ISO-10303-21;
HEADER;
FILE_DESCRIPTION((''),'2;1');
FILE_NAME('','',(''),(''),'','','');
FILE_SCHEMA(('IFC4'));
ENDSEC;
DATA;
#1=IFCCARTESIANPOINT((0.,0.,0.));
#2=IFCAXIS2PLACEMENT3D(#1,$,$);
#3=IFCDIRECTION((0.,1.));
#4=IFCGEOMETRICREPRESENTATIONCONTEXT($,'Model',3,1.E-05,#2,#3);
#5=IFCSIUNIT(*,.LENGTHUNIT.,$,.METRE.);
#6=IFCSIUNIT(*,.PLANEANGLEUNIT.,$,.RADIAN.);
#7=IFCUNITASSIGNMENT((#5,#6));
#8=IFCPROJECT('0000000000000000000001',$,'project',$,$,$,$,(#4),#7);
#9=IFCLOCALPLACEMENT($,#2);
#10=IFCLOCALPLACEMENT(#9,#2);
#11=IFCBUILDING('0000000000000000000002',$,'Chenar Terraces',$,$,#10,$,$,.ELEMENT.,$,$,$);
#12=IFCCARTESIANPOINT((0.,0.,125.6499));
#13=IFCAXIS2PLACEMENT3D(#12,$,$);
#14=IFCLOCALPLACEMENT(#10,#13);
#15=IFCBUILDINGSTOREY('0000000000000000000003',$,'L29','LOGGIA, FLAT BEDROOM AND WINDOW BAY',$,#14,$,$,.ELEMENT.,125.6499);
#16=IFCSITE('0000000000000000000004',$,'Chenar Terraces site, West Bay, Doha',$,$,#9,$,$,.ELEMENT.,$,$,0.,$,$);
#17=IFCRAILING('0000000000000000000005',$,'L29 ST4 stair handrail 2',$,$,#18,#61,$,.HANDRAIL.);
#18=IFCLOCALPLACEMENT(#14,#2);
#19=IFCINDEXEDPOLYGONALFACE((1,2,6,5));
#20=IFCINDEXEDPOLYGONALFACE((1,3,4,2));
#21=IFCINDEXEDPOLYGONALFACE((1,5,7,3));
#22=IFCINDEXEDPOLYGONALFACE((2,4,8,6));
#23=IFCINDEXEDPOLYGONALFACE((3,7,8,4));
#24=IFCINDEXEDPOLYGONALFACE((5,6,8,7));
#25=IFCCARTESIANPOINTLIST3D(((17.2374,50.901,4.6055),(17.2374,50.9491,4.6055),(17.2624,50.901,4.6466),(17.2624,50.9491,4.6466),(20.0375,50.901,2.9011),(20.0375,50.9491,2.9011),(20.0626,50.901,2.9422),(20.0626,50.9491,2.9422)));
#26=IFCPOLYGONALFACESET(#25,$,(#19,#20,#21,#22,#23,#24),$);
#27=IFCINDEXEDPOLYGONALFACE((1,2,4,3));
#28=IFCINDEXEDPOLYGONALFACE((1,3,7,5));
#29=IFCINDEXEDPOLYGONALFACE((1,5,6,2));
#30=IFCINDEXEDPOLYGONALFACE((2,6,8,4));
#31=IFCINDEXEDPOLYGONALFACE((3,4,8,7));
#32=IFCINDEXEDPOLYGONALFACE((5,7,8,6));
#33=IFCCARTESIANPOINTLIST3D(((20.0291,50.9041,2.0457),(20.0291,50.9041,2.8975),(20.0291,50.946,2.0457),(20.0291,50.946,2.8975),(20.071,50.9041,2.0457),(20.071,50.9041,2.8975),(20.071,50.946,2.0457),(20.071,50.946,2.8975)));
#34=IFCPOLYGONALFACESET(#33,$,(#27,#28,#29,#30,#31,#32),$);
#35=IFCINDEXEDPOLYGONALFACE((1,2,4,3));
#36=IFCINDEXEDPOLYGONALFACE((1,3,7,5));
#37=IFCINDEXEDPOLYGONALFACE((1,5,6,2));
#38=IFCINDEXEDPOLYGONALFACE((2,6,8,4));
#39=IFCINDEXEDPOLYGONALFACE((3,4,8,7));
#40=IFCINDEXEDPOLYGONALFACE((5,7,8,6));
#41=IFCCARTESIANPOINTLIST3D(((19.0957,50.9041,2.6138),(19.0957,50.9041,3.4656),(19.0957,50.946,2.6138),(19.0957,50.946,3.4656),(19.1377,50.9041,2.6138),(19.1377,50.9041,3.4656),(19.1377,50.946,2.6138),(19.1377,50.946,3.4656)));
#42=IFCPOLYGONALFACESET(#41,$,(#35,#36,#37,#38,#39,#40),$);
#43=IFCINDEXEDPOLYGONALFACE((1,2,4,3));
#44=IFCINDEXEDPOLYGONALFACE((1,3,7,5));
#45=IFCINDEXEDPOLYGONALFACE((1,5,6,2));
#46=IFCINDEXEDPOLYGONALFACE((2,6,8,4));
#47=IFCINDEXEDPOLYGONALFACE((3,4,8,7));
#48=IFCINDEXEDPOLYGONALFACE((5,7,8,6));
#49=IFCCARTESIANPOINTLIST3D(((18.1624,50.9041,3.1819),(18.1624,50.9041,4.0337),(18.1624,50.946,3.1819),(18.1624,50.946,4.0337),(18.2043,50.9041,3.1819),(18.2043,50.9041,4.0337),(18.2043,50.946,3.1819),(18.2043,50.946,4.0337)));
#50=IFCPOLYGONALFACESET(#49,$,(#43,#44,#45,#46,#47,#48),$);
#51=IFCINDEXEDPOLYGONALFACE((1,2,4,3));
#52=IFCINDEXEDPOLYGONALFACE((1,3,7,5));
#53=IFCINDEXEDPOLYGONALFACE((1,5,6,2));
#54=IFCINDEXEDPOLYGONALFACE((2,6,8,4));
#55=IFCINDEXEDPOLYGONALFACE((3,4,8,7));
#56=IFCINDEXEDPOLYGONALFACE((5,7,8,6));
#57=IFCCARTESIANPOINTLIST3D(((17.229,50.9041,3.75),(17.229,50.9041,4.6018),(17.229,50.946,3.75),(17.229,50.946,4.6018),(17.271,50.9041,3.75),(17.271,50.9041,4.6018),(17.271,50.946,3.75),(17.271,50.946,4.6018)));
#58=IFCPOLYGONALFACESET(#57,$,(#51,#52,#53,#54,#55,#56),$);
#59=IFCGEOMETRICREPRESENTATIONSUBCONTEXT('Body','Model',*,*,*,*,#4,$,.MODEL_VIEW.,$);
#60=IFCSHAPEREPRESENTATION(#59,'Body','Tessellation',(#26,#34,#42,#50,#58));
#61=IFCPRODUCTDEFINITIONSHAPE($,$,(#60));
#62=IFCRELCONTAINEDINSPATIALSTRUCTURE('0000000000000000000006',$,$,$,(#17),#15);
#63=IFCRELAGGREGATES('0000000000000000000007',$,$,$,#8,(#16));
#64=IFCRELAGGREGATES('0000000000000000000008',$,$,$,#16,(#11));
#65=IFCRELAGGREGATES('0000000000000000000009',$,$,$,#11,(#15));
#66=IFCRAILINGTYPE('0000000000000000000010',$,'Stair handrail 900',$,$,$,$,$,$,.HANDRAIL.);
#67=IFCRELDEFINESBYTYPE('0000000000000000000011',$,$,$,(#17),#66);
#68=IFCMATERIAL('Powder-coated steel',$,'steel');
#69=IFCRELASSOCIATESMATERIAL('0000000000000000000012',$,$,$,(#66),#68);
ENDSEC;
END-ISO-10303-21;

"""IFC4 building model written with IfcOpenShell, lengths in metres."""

from ifc_helpers import new_model, si_unit, direction, frame, origin, origin_2d, place, context, subcontext, project, spatial, rectangle, extrude, material, type_object, element, save


model = new_model("IFC4")

# Units and contexts
model_context = context("Model", 3, precision=1e-05, world=origin(), true_north=direction((0.0, 1.0)))
body_context = subcontext(model_context, "Body", "Model", "MODEL_VIEW")
ifc_project = project(units=[si_unit("LENGTHUNIT", "METRE"), si_unit("PLANEANGLEUNIT", "RADIAN")], contexts=[model_context])

# Site, building, storey
site_placement = place(None, origin())
site = spatial("IfcSite", under=ifc_project, at=site_placement, Name="Chenar Terraces site, West Bay, Doha", CompositionType="ELEMENT", RefElevation=0.0)
building_placement = place(site_placement, origin())
building = spatial("IfcBuilding", under=site, at=building_placement, Name="Chenar Terraces", CompositionType="ELEMENT")
storey_placement = place(building_placement, frame((0.0, 0.0, 125.6499)))
storey = spatial("IfcBuildingStorey", under=building, at=storey_placement, Name="L29", Description="LOGGIA, FLAT BEDROOM AND WINDOW BAY", CompositionType="ELEMENT", Elevation=125.6499)

# Railing
ifc_material_1 = material(Name="Powder-coated steel", Category="steel")
railing_type_1 = type_object("IfcRailingType", Name="Stair handrail 900", PredefinedType="HANDRAIL", material=ifc_material_1)
railing_1_placement = place(storey_placement, frame((20.05, 50.925, 2.0457)))
element("IfcRailing", 1, at=railing_1_placement, inside=storey, type_object=railing_type_1, Name="L29 ST4 stair handrail 2", PredefinedType="HANDRAIL", context=body_context, shape_type="SweptSolid", body=[
    extrude(rectangle(XDim=0.0481, YDim=0.0481, at=origin_2d()), frame((0.0, 0.0, 0.876), z_axis=(-0.854203, 0.0, 0.51994), x_axis=(0.0, -1.0, 0.0)), (0.0, 0.0, 1.0), 3.2781),
    extrude(rectangle(XDim=0.042, YDim=0.042, at=origin_2d()), origin(), (0.0, 0.0, 1.0), 0.8518),
    extrude(rectangle(XDim=0.042, YDim=0.042, at=origin_2d()), frame((-0.9333, 0.0, 0.5681)), (0.0, 0.0, 1.0), 0.8518),
    extrude(rectangle(XDim=0.042, YDim=0.042, at=origin_2d()), frame((-1.8667, 0.0, 1.1362)), (0.0, 0.0, 1.0), 0.8518),
    extrude(rectangle(XDim=0.042, YDim=0.042, at=origin_2d()), frame((-2.8, 0.0, 1.7043)), (0.0, 0.0, 1.0), 0.8518),
])

save(model, "model.ifc")
